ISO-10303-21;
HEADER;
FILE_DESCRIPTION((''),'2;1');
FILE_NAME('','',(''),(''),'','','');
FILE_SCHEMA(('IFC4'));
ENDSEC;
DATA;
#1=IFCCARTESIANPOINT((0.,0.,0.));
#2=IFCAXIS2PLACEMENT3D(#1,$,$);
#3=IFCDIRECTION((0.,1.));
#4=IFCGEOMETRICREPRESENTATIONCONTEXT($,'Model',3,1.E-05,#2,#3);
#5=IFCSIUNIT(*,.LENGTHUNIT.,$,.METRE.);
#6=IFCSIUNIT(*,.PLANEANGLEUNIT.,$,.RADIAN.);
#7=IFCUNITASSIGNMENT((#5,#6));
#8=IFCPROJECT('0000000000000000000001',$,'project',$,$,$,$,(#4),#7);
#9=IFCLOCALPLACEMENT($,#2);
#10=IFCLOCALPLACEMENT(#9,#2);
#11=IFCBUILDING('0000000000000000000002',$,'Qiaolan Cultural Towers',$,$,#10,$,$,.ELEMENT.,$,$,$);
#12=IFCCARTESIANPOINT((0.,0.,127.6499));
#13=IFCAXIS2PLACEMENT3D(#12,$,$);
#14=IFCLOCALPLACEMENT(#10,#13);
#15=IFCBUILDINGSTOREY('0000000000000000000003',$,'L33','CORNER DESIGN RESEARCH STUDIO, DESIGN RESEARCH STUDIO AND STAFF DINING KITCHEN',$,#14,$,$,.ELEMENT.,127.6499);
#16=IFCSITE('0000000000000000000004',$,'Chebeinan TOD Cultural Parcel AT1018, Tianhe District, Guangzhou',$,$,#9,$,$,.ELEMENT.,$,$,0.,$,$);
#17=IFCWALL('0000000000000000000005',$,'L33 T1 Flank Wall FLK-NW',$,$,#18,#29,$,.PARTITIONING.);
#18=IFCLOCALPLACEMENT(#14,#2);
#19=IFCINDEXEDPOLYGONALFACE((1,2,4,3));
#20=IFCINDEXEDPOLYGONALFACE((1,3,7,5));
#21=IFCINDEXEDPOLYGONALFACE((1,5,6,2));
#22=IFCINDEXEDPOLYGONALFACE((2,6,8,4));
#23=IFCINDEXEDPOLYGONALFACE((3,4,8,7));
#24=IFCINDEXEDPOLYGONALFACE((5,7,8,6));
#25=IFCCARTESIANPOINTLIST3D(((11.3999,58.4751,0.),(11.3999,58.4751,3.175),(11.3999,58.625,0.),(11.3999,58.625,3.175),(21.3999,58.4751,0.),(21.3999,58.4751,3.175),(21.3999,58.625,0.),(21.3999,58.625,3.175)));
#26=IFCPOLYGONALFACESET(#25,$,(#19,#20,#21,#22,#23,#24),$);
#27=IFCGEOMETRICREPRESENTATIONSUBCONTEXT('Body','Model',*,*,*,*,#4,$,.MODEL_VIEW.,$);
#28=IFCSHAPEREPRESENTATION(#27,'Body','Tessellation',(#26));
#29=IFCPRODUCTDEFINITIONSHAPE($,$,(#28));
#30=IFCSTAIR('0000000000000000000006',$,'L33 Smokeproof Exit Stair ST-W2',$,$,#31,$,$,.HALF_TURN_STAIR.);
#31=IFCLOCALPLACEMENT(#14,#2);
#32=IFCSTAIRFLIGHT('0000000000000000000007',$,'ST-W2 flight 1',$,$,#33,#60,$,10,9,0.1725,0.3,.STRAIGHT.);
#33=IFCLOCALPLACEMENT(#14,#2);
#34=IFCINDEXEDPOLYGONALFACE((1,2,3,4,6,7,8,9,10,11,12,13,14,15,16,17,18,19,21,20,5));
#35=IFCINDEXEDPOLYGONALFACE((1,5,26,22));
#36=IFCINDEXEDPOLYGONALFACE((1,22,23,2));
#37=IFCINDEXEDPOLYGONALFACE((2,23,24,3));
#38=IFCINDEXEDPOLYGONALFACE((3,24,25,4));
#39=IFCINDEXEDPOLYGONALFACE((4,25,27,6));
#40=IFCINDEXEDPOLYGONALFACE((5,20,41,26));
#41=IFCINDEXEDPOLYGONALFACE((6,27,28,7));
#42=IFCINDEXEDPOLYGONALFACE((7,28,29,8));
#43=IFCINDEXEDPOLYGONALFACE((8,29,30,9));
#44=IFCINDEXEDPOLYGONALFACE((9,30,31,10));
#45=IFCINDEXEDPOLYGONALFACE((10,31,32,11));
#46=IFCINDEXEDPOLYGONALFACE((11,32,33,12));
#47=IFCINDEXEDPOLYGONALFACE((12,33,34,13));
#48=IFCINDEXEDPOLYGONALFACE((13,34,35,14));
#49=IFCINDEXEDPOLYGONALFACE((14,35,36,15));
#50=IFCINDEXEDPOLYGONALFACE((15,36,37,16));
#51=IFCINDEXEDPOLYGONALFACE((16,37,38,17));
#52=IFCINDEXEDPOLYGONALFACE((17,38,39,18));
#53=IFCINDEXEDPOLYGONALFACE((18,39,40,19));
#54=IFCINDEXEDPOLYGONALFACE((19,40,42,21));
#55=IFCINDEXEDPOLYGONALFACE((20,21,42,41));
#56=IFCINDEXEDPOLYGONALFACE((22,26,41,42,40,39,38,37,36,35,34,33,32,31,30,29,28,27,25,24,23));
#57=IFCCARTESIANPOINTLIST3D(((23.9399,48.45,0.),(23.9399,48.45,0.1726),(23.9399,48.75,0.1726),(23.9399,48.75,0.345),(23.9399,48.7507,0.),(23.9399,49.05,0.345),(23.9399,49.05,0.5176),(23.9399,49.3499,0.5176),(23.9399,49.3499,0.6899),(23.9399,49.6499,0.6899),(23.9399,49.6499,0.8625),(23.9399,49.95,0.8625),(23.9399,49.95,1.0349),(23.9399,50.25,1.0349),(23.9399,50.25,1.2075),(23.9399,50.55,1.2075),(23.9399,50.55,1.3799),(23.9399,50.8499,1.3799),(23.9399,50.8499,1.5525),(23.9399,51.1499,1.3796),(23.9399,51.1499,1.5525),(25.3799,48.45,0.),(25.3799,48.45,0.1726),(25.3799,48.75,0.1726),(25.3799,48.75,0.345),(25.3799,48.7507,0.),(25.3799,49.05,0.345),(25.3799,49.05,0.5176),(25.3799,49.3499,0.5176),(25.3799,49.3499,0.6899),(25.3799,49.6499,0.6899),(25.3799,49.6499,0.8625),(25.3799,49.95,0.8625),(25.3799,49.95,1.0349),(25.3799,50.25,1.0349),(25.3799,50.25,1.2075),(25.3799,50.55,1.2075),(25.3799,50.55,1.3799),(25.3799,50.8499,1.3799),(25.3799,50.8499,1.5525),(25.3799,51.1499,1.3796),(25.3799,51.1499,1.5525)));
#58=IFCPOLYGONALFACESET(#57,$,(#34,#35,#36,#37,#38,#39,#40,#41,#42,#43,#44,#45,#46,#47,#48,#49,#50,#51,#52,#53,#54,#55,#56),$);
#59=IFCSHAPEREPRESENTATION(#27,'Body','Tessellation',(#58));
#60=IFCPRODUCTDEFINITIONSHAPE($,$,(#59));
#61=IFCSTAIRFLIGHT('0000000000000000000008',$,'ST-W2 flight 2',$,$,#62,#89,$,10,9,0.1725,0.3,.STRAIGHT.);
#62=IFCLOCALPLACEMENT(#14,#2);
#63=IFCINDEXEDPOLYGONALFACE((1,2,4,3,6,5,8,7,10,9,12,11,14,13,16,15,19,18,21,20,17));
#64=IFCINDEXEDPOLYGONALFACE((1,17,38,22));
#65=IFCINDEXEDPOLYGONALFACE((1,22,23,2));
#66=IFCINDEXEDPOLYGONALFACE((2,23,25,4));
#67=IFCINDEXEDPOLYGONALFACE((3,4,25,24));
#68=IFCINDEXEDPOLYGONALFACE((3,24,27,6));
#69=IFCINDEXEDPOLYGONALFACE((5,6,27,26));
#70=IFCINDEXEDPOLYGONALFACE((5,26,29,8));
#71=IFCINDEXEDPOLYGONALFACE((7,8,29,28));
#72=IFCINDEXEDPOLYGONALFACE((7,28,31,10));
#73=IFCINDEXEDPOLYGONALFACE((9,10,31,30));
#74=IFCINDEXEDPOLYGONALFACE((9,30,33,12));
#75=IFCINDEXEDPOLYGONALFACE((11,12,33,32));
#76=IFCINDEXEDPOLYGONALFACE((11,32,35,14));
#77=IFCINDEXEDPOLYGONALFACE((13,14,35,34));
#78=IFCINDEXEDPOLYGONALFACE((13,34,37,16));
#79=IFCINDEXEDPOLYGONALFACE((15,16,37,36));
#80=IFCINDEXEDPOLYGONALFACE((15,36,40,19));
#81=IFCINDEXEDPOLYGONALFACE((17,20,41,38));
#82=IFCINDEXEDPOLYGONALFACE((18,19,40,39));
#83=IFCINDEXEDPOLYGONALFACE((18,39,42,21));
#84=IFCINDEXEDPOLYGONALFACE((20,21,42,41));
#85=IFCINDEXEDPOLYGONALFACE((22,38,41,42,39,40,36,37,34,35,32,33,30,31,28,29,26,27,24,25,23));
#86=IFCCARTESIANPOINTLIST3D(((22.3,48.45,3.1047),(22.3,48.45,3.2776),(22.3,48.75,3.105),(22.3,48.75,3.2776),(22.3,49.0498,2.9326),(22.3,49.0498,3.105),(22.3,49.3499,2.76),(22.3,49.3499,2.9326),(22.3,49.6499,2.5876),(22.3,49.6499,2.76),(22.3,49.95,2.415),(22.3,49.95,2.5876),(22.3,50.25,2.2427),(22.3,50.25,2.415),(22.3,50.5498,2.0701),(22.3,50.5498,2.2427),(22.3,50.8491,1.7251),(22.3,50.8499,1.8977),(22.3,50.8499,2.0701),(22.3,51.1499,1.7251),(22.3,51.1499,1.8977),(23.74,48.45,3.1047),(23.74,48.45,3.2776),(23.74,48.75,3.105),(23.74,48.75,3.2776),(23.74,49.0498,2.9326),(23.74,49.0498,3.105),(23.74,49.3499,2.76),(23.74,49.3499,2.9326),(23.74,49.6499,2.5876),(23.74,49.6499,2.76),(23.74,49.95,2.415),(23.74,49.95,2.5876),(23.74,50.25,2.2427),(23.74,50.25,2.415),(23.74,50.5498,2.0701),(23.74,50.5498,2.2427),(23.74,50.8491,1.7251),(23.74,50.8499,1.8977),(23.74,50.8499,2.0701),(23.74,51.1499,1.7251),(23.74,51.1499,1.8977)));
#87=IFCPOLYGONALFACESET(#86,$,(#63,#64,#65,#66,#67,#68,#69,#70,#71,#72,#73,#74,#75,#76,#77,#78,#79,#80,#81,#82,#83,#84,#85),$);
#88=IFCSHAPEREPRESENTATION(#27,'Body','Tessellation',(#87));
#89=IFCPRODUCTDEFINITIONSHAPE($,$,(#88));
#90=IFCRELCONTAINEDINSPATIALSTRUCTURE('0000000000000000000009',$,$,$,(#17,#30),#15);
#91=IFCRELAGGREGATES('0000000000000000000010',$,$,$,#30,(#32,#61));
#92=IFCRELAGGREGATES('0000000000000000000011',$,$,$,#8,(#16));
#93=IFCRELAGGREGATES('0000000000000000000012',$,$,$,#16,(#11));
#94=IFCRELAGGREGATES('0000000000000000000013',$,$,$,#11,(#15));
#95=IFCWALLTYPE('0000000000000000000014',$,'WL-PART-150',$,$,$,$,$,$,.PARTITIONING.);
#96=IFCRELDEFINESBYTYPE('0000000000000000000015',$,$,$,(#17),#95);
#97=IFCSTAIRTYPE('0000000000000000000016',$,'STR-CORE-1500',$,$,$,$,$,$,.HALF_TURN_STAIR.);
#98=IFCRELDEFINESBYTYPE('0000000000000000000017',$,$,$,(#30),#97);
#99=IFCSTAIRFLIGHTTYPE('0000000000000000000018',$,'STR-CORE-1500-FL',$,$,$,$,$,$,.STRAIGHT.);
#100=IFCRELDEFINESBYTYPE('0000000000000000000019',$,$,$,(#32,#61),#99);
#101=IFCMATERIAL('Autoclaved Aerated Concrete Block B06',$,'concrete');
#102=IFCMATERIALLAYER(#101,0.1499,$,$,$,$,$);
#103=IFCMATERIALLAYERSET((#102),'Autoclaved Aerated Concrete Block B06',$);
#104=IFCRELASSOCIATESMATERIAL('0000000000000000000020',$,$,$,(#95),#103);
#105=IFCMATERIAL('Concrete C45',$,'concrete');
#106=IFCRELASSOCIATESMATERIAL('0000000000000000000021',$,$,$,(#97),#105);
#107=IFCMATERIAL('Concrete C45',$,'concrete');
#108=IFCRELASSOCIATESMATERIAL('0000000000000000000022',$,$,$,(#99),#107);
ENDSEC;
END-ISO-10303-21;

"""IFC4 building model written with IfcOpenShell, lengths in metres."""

from ifc_helpers import new_model, si_unit, direction, frame, frame_2d, origin, place, context, subcontext, project, spatial, polyline, rectangle, outline, extrude, material, layer, layer_set, type_object, element, aggregate, save


model = new_model("IFC4")

# Units and contexts
model_context = context("Model", 3, precision=1e-05, world=origin(), true_north=direction((0.0, 1.0)))
body_context = subcontext(model_context, "Body", "Model", "MODEL_VIEW")
ifc_project = project(units=[si_unit("LENGTHUNIT", "METRE"), si_unit("PLANEANGLEUNIT", "RADIAN")], contexts=[model_context])

# Site, building, storey
site_placement = place(None, origin())
site = spatial("IfcSite", under=ifc_project, at=site_placement, Name="Chebeinan TOD Cultural Parcel AT1018, Tianhe District, Guangzhou", CompositionType="ELEMENT", RefElevation=0.0)
building_placement = place(site_placement, origin())
building = spatial("IfcBuilding", under=site, at=building_placement, Name="Qiaolan Cultural Towers", CompositionType="ELEMENT")
storey_placement = place(building_placement, frame((0.0, 0.0, 127.6499)))
storey = spatial("IfcBuildingStorey", under=building, at=storey_placement, Name="L33", Description="CORNER DESIGN RESEARCH STUDIO, DESIGN RESEARCH STUDIO AND STAFF DINING KITCHEN", CompositionType="ELEMENT", Elevation=127.6499)

# Wall
ifc_material_1 = material(Name="Autoclaved Aerated Concrete Block B06", Category="concrete")
ifc_layer_1 = layer(ifc_material_1, 0.1499)
ifc_layer_set_1 = layer_set([ifc_layer_1], Name="Autoclaved Aerated Concrete Block B06")
wall_type_1 = type_object("IfcWallType", Name="WL-PART-150", PredefinedType="PARTITIONING", material=ifc_layer_set_1)
wall_1_placement = place(storey_placement, frame((11.3999, 58.55, 0.0), z_axis=(0.0, 0.0, 1.0), x_axis=(1.0, 0.0, 0.0)))
element("IfcWall", 1, at=wall_1_placement, inside=storey, type_object=wall_type_1, Name="L33 T1 Flank Wall FLK-NW", PredefinedType="PARTITIONING", context=body_context, shape_type="SweptSolid", body=[
    extrude(rectangle(XDim=10.0, YDim=0.1499, at=frame_2d((5.0, 0.0))), origin(), (0.0, 0.0, 1.0), 3.175),
])

# Stair, stair flights
ifc_material_2 = material(Name="Concrete C45", Category="concrete")
stair_type = type_object("IfcStairType", Name="STR-CORE-1500", PredefinedType="HALF_TURN_STAIR", material=ifc_material_2)
stair_placement = place(storey_placement, origin())
stair = element("IfcStair", 2, at=stair_placement, inside=storey, type_object=stair_type, Name="L33 Smokeproof Exit Stair ST-W2", PredefinedType="HALF_TURN_STAIR")
ifc_material_3 = material(Name="Concrete C45", Category="concrete")
stair_flight_type = type_object("IfcStairFlightType", Name="STR-CORE-1500-FL", PredefinedType="STRAIGHT", material=ifc_material_3)
stair_flight_1_placement = place(storey_placement, frame((24.6599, 48.45, 0.0), z_axis=(0.0, 0.0, 1.0), x_axis=(0.0, 1.0, 0.0)))
stair_flight_1 = element("IfcStairFlight", 3, at=stair_flight_1_placement, type_object=stair_flight_type, Name="ST-W2 flight 1", NumberOfRisers=10, NumberOfTreads=9, PredefinedType="STRAIGHT", RiserHeight=0.1725, TreadLength=0.3, context=body_context, shape_type="SweptSolid", body=[
    extrude(outline(polyline([(0.0, 0.0), (0.0, 0.1726), (0.3, 0.1726), (0.3, 0.345), (0.6001, 0.345), (0.6001, 0.5176), (0.8999, 0.5176), (0.8999, 0.6899), (1.2, 0.6899), (1.2, 0.8625), (1.5, 0.8625), (1.5, 1.0349), (1.8, 1.0349), (1.8, 1.2075), (2.1001, 1.2075), (2.1001, 1.3799), (2.3999, 1.3799), (2.3999, 1.5525), (2.7, 1.5525), (2.7, 1.7251), (2.7, 1.3796), (0.3008, 0.0), (0.0, 0.0)])), frame((0.0, 0.72, 0.0), z_axis=(0.0, -1.0, 0.0), x_axis=(1.0, 0.0, 0.0)), (0.0, 0.0, 1.0), 1.4399),
])
stair_flight_2_placement = place(storey_placement, frame((23.02, 51.1499, 1.7251), z_axis=(0.0, 0.0, 1.0), x_axis=(0.0, -1.0, 0.0)))
stair_flight_2 = element("IfcStairFlight", 4, at=stair_flight_2_placement, type_object=stair_flight_type, Name="ST-W2 flight 2", NumberOfRisers=10, NumberOfTreads=9, PredefinedType="STRAIGHT", RiserHeight=0.1725, TreadLength=0.3, context=body_context, shape_type="SweptSolid", body=[
    extrude(outline(polyline([(0.0, 0.0), (0.0, 0.1726), (0.3, 0.1726), (0.3, 0.345), (0.6001, 0.345), (0.6001, 0.5176), (0.8999, 0.5176), (0.8999, 0.6899), (1.2, 0.6899), (1.2, 0.8625), (1.5, 0.8625), (1.5, 1.0349), (1.8, 1.0349), (1.8, 1.2075), (2.1001, 1.2075), (2.1001, 1.3799), (2.3999, 1.3799), (2.3999, 1.5525), (2.7, 1.5525), (2.7, 1.7251), (2.7, 1.3796), (0.3008, 0.0), (0.0, 0.0)])), frame((0.0, 0.72, 0.0), z_axis=(0.0, -1.0, 0.0), x_axis=(1.0, 0.0, 0.0)), (0.0, 0.0, 1.0), 1.4399),
])
aggregate(stair, [stair_flight_1, stair_flight_2])

save(model, "model.ifc")
